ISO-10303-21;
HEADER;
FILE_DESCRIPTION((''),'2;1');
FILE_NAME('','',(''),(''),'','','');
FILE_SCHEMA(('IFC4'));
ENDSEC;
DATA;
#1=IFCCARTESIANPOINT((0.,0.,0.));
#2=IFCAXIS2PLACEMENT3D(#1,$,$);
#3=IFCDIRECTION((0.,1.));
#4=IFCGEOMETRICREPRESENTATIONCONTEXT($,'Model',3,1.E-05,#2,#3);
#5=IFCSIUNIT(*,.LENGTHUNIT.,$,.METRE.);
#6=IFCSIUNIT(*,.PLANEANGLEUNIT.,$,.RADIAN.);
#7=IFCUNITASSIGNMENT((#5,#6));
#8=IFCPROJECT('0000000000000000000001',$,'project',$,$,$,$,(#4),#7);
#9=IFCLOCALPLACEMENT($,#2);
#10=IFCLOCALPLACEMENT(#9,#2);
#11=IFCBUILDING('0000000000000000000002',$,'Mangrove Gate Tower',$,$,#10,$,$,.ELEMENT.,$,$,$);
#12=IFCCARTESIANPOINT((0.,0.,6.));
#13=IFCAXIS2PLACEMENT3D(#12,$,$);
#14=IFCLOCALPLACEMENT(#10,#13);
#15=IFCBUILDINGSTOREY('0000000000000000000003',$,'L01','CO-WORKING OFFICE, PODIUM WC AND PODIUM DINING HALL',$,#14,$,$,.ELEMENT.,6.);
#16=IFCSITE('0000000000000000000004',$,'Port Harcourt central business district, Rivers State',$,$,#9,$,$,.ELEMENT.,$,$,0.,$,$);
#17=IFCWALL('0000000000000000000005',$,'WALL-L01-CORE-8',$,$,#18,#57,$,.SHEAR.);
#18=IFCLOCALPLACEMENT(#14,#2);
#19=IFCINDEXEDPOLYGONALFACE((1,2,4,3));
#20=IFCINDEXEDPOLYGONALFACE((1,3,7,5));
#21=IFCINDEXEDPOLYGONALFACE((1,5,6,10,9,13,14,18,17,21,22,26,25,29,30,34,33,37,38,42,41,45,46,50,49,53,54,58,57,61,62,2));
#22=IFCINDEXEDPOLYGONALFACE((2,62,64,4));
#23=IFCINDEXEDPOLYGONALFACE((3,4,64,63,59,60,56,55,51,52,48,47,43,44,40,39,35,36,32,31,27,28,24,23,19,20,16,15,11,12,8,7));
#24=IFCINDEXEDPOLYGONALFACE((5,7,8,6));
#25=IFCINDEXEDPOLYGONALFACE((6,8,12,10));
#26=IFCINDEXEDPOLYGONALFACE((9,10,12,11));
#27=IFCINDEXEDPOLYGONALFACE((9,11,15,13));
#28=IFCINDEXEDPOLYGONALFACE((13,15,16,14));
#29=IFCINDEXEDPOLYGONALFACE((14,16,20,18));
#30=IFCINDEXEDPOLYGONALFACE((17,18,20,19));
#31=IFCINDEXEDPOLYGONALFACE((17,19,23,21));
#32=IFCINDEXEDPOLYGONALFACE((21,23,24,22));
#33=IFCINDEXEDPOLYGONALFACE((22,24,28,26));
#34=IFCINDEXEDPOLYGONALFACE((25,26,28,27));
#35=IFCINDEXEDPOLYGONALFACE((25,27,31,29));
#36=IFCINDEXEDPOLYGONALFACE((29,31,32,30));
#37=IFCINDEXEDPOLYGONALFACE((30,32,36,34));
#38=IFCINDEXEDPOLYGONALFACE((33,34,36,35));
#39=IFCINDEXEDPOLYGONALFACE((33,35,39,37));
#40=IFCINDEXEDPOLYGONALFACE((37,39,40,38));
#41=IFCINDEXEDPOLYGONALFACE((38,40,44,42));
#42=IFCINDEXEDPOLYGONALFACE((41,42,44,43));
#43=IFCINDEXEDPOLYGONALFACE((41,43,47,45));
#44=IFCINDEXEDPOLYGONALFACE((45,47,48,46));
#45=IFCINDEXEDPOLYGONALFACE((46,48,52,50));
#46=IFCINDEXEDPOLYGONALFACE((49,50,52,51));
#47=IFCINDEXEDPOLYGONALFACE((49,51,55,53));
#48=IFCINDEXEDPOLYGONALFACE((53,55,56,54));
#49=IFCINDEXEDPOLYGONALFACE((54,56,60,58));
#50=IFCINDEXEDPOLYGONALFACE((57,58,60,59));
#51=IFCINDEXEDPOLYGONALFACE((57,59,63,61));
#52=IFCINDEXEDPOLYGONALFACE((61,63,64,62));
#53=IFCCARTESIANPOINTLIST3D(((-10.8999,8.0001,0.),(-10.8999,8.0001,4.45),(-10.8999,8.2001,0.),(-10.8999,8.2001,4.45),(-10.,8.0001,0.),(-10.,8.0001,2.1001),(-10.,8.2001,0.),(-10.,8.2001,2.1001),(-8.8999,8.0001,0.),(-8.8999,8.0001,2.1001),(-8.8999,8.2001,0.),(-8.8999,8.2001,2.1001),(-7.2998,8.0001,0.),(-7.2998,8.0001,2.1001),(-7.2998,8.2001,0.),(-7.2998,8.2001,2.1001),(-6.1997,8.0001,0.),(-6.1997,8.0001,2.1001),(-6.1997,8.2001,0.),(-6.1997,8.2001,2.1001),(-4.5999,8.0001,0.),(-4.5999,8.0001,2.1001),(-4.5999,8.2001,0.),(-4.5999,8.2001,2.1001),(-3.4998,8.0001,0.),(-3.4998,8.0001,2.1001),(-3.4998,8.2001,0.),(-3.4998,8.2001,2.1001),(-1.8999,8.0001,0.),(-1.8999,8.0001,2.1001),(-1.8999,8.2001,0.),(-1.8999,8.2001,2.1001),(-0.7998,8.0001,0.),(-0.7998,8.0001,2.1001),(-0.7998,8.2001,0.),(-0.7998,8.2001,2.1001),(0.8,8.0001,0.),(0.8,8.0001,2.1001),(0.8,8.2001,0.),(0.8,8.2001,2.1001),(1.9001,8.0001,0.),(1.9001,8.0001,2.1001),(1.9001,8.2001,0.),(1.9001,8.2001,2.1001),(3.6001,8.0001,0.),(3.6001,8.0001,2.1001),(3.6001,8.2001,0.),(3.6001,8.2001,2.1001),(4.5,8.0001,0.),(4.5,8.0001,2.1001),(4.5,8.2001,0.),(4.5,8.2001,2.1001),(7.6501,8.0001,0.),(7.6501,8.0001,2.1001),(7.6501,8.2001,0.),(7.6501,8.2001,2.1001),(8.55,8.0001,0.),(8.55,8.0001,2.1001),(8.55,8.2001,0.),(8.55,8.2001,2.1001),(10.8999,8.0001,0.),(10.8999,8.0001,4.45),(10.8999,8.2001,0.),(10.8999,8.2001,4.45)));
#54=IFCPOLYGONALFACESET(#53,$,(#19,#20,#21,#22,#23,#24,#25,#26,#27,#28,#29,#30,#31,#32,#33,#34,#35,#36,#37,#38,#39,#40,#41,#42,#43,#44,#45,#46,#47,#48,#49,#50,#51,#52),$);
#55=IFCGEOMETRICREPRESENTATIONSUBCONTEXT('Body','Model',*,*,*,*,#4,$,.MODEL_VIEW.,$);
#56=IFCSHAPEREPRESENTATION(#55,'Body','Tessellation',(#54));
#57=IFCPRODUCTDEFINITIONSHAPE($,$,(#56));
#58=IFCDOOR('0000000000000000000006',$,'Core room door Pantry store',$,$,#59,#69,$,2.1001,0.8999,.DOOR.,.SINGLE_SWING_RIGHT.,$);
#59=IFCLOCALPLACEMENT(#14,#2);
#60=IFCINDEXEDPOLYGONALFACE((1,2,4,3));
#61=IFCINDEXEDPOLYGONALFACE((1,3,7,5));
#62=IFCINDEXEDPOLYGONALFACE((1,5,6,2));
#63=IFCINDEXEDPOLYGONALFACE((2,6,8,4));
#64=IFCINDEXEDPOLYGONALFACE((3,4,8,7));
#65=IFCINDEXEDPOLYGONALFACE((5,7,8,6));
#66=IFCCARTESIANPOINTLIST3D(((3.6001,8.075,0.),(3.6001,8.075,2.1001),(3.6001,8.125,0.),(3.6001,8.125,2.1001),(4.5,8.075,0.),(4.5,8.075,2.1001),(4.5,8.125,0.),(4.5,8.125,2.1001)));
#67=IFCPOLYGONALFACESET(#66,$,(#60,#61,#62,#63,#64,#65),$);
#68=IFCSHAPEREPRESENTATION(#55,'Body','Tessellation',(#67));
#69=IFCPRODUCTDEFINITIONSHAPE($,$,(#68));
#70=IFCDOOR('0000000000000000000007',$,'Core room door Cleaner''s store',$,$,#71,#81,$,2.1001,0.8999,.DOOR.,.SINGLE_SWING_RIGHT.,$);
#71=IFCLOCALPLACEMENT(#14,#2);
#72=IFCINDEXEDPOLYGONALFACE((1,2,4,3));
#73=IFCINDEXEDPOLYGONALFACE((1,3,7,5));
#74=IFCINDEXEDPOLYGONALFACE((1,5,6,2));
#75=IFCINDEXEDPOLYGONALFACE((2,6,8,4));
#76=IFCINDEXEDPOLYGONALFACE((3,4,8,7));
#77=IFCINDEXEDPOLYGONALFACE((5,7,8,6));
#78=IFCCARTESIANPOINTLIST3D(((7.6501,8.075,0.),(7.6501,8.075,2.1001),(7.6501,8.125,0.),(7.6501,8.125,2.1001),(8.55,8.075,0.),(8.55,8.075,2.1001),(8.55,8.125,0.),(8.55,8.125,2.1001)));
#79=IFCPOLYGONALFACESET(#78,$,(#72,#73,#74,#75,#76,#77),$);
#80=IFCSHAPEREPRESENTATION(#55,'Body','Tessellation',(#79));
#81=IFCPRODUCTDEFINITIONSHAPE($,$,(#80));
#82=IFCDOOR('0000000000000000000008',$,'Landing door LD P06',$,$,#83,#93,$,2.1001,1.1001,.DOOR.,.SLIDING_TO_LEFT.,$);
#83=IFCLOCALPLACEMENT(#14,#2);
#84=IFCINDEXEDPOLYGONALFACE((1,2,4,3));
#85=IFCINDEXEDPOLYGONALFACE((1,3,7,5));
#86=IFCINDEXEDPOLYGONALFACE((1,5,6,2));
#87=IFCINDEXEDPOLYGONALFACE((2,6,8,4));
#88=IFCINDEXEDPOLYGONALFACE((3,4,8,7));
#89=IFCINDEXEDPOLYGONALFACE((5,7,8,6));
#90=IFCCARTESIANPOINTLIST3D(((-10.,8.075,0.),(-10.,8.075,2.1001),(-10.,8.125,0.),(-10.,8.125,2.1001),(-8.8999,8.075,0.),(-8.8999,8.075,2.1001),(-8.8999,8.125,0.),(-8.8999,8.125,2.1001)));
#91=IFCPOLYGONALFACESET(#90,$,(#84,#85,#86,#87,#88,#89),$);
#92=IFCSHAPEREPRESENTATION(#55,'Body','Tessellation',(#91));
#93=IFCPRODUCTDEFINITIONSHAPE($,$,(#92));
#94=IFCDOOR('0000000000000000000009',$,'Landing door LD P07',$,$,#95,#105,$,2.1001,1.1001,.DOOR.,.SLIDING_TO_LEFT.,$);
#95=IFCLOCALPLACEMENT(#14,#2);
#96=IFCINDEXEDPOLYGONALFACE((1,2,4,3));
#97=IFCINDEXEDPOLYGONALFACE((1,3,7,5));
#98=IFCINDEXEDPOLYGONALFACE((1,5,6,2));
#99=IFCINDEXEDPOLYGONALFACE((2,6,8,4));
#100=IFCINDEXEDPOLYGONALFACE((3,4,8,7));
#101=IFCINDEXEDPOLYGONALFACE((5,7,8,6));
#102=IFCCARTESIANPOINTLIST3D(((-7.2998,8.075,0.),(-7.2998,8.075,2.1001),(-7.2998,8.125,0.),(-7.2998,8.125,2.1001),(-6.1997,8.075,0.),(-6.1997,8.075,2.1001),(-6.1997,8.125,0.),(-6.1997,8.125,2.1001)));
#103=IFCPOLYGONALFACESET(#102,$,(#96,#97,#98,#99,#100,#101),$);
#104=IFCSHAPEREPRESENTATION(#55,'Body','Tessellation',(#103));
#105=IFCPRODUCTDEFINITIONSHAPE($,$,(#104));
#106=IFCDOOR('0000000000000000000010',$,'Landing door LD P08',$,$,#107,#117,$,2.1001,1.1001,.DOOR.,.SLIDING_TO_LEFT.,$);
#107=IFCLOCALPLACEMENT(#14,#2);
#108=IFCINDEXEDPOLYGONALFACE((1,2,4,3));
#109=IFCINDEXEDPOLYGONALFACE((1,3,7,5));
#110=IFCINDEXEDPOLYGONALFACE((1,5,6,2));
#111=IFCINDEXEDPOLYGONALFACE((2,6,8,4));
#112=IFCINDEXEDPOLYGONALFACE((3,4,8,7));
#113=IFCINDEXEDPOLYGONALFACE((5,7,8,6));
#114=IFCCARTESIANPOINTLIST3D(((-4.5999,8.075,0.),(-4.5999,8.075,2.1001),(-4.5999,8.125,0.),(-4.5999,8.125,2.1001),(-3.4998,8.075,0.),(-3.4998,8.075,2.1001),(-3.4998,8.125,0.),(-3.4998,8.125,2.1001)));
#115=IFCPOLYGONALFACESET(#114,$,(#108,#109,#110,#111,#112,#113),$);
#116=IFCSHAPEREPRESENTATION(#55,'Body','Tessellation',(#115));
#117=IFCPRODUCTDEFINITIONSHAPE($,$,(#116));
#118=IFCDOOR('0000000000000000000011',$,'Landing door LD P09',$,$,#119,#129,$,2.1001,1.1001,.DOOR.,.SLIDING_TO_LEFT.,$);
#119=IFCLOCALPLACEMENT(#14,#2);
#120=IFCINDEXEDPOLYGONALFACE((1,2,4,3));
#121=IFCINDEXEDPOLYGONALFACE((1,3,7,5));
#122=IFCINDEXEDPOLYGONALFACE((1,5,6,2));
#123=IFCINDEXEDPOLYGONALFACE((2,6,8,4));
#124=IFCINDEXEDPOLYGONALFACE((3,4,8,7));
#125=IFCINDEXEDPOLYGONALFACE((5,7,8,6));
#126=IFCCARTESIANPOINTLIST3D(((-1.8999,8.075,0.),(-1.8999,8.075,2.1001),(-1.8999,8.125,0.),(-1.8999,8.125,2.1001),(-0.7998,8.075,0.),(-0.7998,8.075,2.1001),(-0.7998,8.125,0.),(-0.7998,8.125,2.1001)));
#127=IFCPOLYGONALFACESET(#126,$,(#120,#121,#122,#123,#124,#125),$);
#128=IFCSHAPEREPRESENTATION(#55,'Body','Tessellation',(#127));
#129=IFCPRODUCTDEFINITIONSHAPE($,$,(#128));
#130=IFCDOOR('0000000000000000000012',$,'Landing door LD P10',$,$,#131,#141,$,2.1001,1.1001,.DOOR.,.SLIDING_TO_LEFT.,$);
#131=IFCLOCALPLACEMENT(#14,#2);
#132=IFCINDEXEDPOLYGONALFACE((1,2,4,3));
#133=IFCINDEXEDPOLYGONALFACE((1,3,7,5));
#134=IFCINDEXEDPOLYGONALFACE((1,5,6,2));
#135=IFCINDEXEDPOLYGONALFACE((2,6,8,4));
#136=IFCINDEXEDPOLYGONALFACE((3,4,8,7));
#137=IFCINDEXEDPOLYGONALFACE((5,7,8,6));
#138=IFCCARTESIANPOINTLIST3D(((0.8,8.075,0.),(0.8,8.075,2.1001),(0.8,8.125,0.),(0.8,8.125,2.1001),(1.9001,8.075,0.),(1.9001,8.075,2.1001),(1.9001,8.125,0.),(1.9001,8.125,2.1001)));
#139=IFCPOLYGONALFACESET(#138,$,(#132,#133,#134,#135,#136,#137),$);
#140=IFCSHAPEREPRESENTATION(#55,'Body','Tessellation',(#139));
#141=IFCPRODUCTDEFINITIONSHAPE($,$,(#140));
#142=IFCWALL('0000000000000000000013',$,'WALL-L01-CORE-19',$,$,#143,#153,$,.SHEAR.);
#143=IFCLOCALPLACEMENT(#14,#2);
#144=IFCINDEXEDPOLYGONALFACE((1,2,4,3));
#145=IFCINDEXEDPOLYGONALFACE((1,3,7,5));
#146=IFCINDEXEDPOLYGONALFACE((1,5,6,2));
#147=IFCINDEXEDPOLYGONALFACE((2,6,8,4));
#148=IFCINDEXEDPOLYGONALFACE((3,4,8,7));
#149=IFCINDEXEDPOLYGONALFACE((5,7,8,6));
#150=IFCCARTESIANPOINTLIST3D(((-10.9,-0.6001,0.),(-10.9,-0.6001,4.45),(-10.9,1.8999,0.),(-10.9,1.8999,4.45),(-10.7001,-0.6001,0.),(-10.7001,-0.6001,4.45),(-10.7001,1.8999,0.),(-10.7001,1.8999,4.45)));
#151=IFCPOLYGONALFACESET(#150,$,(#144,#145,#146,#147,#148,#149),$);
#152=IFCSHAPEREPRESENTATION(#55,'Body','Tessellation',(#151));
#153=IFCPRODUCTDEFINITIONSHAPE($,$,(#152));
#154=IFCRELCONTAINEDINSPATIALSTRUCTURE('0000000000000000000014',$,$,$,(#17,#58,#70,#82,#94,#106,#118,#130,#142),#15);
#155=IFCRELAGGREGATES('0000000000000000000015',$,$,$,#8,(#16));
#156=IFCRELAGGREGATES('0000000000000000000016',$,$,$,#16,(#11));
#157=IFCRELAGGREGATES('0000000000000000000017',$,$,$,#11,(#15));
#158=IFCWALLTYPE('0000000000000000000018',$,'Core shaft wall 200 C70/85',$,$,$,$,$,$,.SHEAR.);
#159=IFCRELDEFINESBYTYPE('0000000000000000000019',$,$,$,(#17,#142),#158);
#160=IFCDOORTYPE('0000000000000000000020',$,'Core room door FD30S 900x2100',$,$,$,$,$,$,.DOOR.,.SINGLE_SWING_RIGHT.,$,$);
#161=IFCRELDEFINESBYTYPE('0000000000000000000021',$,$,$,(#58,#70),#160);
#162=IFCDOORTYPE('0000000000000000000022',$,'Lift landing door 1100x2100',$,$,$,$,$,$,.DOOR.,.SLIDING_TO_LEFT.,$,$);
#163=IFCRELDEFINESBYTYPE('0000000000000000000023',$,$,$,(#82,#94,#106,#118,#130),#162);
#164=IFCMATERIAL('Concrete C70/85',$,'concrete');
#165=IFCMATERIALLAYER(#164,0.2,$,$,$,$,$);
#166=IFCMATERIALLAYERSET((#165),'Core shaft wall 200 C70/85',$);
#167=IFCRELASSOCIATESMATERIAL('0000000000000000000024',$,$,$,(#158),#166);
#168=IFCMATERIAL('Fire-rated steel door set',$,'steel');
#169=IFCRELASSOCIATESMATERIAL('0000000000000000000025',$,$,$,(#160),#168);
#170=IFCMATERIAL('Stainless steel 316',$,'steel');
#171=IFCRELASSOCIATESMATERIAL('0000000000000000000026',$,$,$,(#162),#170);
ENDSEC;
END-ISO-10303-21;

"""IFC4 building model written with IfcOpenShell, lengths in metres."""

from ifc_helpers import new_model, si_unit, direction, frame, frame_2d, origin, place, context, subcontext, project, spatial, rectangle, extrude, material, layer, layer_set, type_object, element, fill, save


model = new_model("IFC4")

# Units and contexts
model_context = context("Model", 3, precision=1e-05, world=origin(), true_north=direction((0.0, 1.0)))
body_context = subcontext(model_context, "Body", "Model", "MODEL_VIEW")
ifc_project = project(units=[si_unit("LENGTHUNIT", "METRE"), si_unit("PLANEANGLEUNIT", "RADIAN")], contexts=[model_context])

# Site, building, storey
site_placement = place(None, origin())
site = spatial("IfcSite", under=ifc_project, at=site_placement, Name="Port Harcourt central business district, Rivers State", CompositionType="ELEMENT", RefElevation=0.0)
building_placement = place(site_placement, origin())
building = spatial("IfcBuilding", under=site, at=building_placement, Name="Mangrove Gate Tower", CompositionType="ELEMENT")
storey_placement = place(building_placement, frame((0.0, 0.0, 6.0)))
storey = spatial("IfcBuildingStorey", under=building, at=storey_placement, Name="L01", Description="CO-WORKING OFFICE, PODIUM WC AND PODIUM DINING HALL", CompositionType="ELEMENT", Elevation=6.0)

# Wall, openings, doors
ifc_material_1 = material(Name="Concrete C70/85", Category="concrete")
ifc_layer = layer(ifc_material_1, 0.2)
ifc_layer_set = layer_set([ifc_layer], Name="Core shaft wall 200 C70/85")
wall_type = type_object("IfcWallType", Name="Core shaft wall 200 C70/85", PredefinedType="SHEAR", material=ifc_layer_set)
ifc_material_2 = material(Name="Fire-rated steel door set", Category="steel")
door_type_1 = type_object("IfcDoorType", Name="Core room door FD30S 900x2100", OperationType="SINGLE_SWING_RIGHT", PredefinedType="DOOR", material=ifc_material_2)
ifc_material_3 = material(Name="Stainless steel 316", Category="steel")
door_type_2 = type_object("IfcDoorType", Name="Lift landing door 1100x2100", OperationType="SLIDING_TO_LEFT", PredefinedType="DOOR", material=ifc_material_3)
wall_1_placement = place(storey_placement, frame((-10.8999, 8.1001, 0.0), z_axis=(0.0, 0.0, 1.0), x_axis=(1.0, 0.0, 0.0)))
wall_1 = element("IfcWall", 1, at=wall_1_placement, inside=storey, type_object=wall_type, Name="WALL-L01-CORE-8", PredefinedType="SHEAR", context=body_context, shape_type="SweptSolid", body=[
    extrude(rectangle(XDim=21.7998, YDim=0.2, at=frame_2d((10.8999, 0.0))), origin(), (0.0, 0.0, 1.0), 4.45),
])
opening_1_placement = place(wall_1_placement, frame((0.8999, 0.0, 0.0)))
opening_1 = element("IfcOpeningElement", 2, at=opening_1_placement, cuts=wall_1, PredefinedType="OPENING", context=body_context, shape_type="SweptSolid", body=[
    extrude(rectangle(XDim=1.1001, YDim=2.1001, at=frame_2d((0.55, 1.05))), frame((0.0, 0.1099, 0.0), z_axis=(0.0, -1.0, 0.0), x_axis=(1.0, 0.0, 0.0)), (0.0, 0.0, 1.0), 0.22),
])
opening_2_placement = place(wall_1_placement, frame((3.6001, 0.0, 0.0)))
opening_2 = element("IfcOpeningElement", 3, at=opening_2_placement, cuts=wall_1, PredefinedType="OPENING", context=body_context, shape_type="SweptSolid", body=[
    extrude(rectangle(XDim=1.1001, YDim=2.1001, at=frame_2d((0.55, 1.05))), frame((0.0, 0.1099, 0.0), z_axis=(0.0, -1.0, 0.0), x_axis=(1.0, 0.0, 0.0)), (0.0, 0.0, 1.0), 0.22),
])
opening_3_placement = place(wall_1_placement, frame((6.3, 0.0, 0.0)))
opening_3 = element("IfcOpeningElement", 4, at=opening_3_placement, cuts=wall_1, PredefinedType="OPENING", context=body_context, shape_type="SweptSolid", body=[
    extrude(rectangle(XDim=1.1001, YDim=2.1001, at=frame_2d((0.55, 1.05))), frame((0.0, 0.1099, 0.0), z_axis=(0.0, -1.0, 0.0), x_axis=(1.0, 0.0, 0.0)), (0.0, 0.0, 1.0), 0.22),
])
opening_4_placement = place(wall_1_placement, frame((9.0, 0.0, 0.0)))
opening_4 = element("IfcOpeningElement", 5, at=opening_4_placement, cuts=wall_1, PredefinedType="OPENING", context=body_context, shape_type="SweptSolid", body=[
    extrude(rectangle(XDim=1.1001, YDim=2.1001, at=frame_2d((0.55, 1.05))), frame((0.0, 0.1099, 0.0), z_axis=(0.0, -1.0, 0.0), x_axis=(1.0, 0.0, 0.0)), (0.0, 0.0, 1.0), 0.22),
])
opening_5_placement = place(wall_1_placement, frame((11.7, 0.0, 0.0)))
opening_5 = element("IfcOpeningElement", 6, at=opening_5_placement, cuts=wall_1, PredefinedType="OPENING", context=body_context, shape_type="SweptSolid", body=[
    extrude(rectangle(XDim=1.1001, YDim=2.1001, at=frame_2d((0.55, 1.05))), frame((0.0, 0.1099, 0.0), z_axis=(0.0, -1.0, 0.0), x_axis=(1.0, 0.0, 0.0)), (0.0, 0.0, 1.0), 0.22),
])
opening_6_placement = place(wall_1_placement, frame((14.5, 0.0, 0.0)))
opening_6 = element("IfcOpeningElement", 7, at=opening_6_placement, cuts=wall_1, PredefinedType="OPENING", context=body_context, shape_type="SweptSolid", body=[
    extrude(rectangle(XDim=0.8999, YDim=2.1001, at=frame_2d((0.45, 1.05))), frame((0.0, 0.1099, 0.0), z_axis=(0.0, -1.0, 0.0), x_axis=(1.0, 0.0, 0.0)), (0.0, 0.0, 1.0), 0.22),
])
opening_7_placement = place(wall_1_placement, frame((18.55, 0.0, 0.0)))
opening_7 = element("IfcOpeningElement", 8, at=opening_7_placement, cuts=wall_1, PredefinedType="OPENING", context=body_context, shape_type="SweptSolid", body=[
    extrude(rectangle(XDim=0.8999, YDim=2.1001, at=frame_2d((0.45, 1.05))), frame((0.0, 0.1099, 0.0), z_axis=(0.0, -1.0, 0.0), x_axis=(1.0, 0.0, 0.0)), (0.0, 0.0, 1.0), 0.22),
])
door_1_placement = place(opening_6_placement, origin())
door_1 = element("IfcDoor", 9, at=door_1_placement, inside=storey, type_object=door_type_1, Name="Core room door Pantry store", OperationType="SINGLE_SWING_RIGHT", OverallHeight=2.1001, OverallWidth=0.8999, PredefinedType="DOOR", context=body_context, shape_type="SweptSolid", body=[
    extrude(rectangle(XDim=0.8999, YDim=2.1001, at=frame_2d((0.45, 1.05))), frame((0.0, 0.0249, 0.0), z_axis=(0.0, -1.0, 0.0), x_axis=(1.0, 0.0, 0.0)), (0.0, 0.0, 1.0), 0.05),
])
fill(opening_6, door_1)
door_2_placement = place(opening_7_placement, origin())
door_2 = element("IfcDoor", 10, at=door_2_placement, inside=storey, type_object=door_type_1, Name="Core room door Cleaner's store", OperationType="SINGLE_SWING_RIGHT", OverallHeight=2.1001, OverallWidth=0.8999, PredefinedType="DOOR", context=body_context, shape_type="SweptSolid", body=[
    extrude(rectangle(XDim=0.8999, YDim=2.1001, at=frame_2d((0.45, 1.05))), frame((0.0, 0.0249, 0.0), z_axis=(0.0, -1.0, 0.0), x_axis=(1.0, 0.0, 0.0)), (0.0, 0.0, 1.0), 0.05),
])
fill(opening_7, door_2)
door_3_placement = place(opening_1_placement, origin())
door_3 = element("IfcDoor", 11, at=door_3_placement, inside=storey, type_object=door_type_2, Name="Landing door LD P06", OperationType="SLIDING_TO_LEFT", OverallHeight=2.1001, OverallWidth=1.1001, PredefinedType="DOOR", context=body_context, shape_type="SweptSolid", body=[
    extrude(rectangle(XDim=1.1001, YDim=2.1001, at=frame_2d((0.55, 1.05))), frame((0.0, 0.0249, 0.0), z_axis=(0.0, -1.0, 0.0), x_axis=(1.0, 0.0, 0.0)), (0.0, 0.0, 1.0), 0.05),
])
fill(opening_1, door_3)
door_4_placement = place(opening_2_placement, origin())
door_4 = element("IfcDoor", 12, at=door_4_placement, inside=storey, type_object=door_type_2, Name="Landing door LD P07", OperationType="SLIDING_TO_LEFT", OverallHeight=2.1001, OverallWidth=1.1001, PredefinedType="DOOR", context=body_context, shape_type="SweptSolid", body=[
    extrude(rectangle(XDim=1.1001, YDim=2.1001, at=frame_2d((0.55, 1.05))), frame((0.0, 0.0249, 0.0), z_axis=(0.0, -1.0, 0.0), x_axis=(1.0, 0.0, 0.0)), (0.0, 0.0, 1.0), 0.05),
])
fill(opening_2, door_4)
door_5_placement = place(opening_3_placement, origin())
door_5 = element("IfcDoor", 13, at=door_5_placement, inside=storey, type_object=door_type_2, Name="Landing door LD P08", OperationType="SLIDING_TO_LEFT", OverallHeight=2.1001, OverallWidth=1.1001, PredefinedType="DOOR", context=body_context, shape_type="SweptSolid", body=[
    extrude(rectangle(XDim=1.1001, YDim=2.1001, at=frame_2d((0.55, 1.05))), frame((0.0, 0.0249, 0.0), z_axis=(0.0, -1.0, 0.0), x_axis=(1.0, 0.0, 0.0)), (0.0, 0.0, 1.0), 0.05),
])
fill(opening_3, door_5)
door_6_placement = place(opening_4_placement, origin())
door_6 = element("IfcDoor", 14, at=door_6_placement, inside=storey, type_object=door_type_2, Name="Landing door LD P09", OperationType="SLIDING_TO_LEFT", OverallHeight=2.1001, OverallWidth=1.1001, PredefinedType="DOOR", context=body_context, shape_type="SweptSolid", body=[
    extrude(rectangle(XDim=1.1001, YDim=2.1001, at=frame_2d((0.55, 1.05))), frame((0.0, 0.0249, 0.0), z_axis=(0.0, -1.0, 0.0), x_axis=(1.0, 0.0, 0.0)), (0.0, 0.0, 1.0), 0.05),
])
fill(opening_4, door_6)
door_7_placement = place(opening_5_placement, origin())
door_7 = element("IfcDoor", 15, at=door_7_placement, inside=storey, type_object=door_type_2, Name="Landing door LD P10", OperationType="SLIDING_TO_LEFT", OverallHeight=2.1001, OverallWidth=1.1001, PredefinedType="DOOR", context=body_context, shape_type="SweptSolid", body=[
    extrude(rectangle(XDim=1.1001, YDim=2.1001, at=frame_2d((0.55, 1.05))), frame((0.0, 0.0249, 0.0), z_axis=(0.0, -1.0, 0.0), x_axis=(1.0, 0.0, 0.0)), (0.0, 0.0, 1.0), 0.05),
])
fill(opening_5, door_7)

# Wall
wall_2_placement = place(storey_placement, frame((-10.8, -0.6001, 0.0), z_axis=(0.0, 0.0, 1.0), x_axis=(0.0, 1.0, 0.0)))
element("IfcWall", 16, at=wall_2_placement, inside=storey, type_object=wall_type, Name="WALL-L01-CORE-19", PredefinedType="SHEAR", context=body_context, shape_type="SweptSolid", body=[
    extrude(rectangle(XDim=2.5, YDim=0.2, at=frame_2d((1.25, 0.0))), origin(), (0.0, 0.0, 1.0), 4.45),
])

save(model, "model.ifc")
